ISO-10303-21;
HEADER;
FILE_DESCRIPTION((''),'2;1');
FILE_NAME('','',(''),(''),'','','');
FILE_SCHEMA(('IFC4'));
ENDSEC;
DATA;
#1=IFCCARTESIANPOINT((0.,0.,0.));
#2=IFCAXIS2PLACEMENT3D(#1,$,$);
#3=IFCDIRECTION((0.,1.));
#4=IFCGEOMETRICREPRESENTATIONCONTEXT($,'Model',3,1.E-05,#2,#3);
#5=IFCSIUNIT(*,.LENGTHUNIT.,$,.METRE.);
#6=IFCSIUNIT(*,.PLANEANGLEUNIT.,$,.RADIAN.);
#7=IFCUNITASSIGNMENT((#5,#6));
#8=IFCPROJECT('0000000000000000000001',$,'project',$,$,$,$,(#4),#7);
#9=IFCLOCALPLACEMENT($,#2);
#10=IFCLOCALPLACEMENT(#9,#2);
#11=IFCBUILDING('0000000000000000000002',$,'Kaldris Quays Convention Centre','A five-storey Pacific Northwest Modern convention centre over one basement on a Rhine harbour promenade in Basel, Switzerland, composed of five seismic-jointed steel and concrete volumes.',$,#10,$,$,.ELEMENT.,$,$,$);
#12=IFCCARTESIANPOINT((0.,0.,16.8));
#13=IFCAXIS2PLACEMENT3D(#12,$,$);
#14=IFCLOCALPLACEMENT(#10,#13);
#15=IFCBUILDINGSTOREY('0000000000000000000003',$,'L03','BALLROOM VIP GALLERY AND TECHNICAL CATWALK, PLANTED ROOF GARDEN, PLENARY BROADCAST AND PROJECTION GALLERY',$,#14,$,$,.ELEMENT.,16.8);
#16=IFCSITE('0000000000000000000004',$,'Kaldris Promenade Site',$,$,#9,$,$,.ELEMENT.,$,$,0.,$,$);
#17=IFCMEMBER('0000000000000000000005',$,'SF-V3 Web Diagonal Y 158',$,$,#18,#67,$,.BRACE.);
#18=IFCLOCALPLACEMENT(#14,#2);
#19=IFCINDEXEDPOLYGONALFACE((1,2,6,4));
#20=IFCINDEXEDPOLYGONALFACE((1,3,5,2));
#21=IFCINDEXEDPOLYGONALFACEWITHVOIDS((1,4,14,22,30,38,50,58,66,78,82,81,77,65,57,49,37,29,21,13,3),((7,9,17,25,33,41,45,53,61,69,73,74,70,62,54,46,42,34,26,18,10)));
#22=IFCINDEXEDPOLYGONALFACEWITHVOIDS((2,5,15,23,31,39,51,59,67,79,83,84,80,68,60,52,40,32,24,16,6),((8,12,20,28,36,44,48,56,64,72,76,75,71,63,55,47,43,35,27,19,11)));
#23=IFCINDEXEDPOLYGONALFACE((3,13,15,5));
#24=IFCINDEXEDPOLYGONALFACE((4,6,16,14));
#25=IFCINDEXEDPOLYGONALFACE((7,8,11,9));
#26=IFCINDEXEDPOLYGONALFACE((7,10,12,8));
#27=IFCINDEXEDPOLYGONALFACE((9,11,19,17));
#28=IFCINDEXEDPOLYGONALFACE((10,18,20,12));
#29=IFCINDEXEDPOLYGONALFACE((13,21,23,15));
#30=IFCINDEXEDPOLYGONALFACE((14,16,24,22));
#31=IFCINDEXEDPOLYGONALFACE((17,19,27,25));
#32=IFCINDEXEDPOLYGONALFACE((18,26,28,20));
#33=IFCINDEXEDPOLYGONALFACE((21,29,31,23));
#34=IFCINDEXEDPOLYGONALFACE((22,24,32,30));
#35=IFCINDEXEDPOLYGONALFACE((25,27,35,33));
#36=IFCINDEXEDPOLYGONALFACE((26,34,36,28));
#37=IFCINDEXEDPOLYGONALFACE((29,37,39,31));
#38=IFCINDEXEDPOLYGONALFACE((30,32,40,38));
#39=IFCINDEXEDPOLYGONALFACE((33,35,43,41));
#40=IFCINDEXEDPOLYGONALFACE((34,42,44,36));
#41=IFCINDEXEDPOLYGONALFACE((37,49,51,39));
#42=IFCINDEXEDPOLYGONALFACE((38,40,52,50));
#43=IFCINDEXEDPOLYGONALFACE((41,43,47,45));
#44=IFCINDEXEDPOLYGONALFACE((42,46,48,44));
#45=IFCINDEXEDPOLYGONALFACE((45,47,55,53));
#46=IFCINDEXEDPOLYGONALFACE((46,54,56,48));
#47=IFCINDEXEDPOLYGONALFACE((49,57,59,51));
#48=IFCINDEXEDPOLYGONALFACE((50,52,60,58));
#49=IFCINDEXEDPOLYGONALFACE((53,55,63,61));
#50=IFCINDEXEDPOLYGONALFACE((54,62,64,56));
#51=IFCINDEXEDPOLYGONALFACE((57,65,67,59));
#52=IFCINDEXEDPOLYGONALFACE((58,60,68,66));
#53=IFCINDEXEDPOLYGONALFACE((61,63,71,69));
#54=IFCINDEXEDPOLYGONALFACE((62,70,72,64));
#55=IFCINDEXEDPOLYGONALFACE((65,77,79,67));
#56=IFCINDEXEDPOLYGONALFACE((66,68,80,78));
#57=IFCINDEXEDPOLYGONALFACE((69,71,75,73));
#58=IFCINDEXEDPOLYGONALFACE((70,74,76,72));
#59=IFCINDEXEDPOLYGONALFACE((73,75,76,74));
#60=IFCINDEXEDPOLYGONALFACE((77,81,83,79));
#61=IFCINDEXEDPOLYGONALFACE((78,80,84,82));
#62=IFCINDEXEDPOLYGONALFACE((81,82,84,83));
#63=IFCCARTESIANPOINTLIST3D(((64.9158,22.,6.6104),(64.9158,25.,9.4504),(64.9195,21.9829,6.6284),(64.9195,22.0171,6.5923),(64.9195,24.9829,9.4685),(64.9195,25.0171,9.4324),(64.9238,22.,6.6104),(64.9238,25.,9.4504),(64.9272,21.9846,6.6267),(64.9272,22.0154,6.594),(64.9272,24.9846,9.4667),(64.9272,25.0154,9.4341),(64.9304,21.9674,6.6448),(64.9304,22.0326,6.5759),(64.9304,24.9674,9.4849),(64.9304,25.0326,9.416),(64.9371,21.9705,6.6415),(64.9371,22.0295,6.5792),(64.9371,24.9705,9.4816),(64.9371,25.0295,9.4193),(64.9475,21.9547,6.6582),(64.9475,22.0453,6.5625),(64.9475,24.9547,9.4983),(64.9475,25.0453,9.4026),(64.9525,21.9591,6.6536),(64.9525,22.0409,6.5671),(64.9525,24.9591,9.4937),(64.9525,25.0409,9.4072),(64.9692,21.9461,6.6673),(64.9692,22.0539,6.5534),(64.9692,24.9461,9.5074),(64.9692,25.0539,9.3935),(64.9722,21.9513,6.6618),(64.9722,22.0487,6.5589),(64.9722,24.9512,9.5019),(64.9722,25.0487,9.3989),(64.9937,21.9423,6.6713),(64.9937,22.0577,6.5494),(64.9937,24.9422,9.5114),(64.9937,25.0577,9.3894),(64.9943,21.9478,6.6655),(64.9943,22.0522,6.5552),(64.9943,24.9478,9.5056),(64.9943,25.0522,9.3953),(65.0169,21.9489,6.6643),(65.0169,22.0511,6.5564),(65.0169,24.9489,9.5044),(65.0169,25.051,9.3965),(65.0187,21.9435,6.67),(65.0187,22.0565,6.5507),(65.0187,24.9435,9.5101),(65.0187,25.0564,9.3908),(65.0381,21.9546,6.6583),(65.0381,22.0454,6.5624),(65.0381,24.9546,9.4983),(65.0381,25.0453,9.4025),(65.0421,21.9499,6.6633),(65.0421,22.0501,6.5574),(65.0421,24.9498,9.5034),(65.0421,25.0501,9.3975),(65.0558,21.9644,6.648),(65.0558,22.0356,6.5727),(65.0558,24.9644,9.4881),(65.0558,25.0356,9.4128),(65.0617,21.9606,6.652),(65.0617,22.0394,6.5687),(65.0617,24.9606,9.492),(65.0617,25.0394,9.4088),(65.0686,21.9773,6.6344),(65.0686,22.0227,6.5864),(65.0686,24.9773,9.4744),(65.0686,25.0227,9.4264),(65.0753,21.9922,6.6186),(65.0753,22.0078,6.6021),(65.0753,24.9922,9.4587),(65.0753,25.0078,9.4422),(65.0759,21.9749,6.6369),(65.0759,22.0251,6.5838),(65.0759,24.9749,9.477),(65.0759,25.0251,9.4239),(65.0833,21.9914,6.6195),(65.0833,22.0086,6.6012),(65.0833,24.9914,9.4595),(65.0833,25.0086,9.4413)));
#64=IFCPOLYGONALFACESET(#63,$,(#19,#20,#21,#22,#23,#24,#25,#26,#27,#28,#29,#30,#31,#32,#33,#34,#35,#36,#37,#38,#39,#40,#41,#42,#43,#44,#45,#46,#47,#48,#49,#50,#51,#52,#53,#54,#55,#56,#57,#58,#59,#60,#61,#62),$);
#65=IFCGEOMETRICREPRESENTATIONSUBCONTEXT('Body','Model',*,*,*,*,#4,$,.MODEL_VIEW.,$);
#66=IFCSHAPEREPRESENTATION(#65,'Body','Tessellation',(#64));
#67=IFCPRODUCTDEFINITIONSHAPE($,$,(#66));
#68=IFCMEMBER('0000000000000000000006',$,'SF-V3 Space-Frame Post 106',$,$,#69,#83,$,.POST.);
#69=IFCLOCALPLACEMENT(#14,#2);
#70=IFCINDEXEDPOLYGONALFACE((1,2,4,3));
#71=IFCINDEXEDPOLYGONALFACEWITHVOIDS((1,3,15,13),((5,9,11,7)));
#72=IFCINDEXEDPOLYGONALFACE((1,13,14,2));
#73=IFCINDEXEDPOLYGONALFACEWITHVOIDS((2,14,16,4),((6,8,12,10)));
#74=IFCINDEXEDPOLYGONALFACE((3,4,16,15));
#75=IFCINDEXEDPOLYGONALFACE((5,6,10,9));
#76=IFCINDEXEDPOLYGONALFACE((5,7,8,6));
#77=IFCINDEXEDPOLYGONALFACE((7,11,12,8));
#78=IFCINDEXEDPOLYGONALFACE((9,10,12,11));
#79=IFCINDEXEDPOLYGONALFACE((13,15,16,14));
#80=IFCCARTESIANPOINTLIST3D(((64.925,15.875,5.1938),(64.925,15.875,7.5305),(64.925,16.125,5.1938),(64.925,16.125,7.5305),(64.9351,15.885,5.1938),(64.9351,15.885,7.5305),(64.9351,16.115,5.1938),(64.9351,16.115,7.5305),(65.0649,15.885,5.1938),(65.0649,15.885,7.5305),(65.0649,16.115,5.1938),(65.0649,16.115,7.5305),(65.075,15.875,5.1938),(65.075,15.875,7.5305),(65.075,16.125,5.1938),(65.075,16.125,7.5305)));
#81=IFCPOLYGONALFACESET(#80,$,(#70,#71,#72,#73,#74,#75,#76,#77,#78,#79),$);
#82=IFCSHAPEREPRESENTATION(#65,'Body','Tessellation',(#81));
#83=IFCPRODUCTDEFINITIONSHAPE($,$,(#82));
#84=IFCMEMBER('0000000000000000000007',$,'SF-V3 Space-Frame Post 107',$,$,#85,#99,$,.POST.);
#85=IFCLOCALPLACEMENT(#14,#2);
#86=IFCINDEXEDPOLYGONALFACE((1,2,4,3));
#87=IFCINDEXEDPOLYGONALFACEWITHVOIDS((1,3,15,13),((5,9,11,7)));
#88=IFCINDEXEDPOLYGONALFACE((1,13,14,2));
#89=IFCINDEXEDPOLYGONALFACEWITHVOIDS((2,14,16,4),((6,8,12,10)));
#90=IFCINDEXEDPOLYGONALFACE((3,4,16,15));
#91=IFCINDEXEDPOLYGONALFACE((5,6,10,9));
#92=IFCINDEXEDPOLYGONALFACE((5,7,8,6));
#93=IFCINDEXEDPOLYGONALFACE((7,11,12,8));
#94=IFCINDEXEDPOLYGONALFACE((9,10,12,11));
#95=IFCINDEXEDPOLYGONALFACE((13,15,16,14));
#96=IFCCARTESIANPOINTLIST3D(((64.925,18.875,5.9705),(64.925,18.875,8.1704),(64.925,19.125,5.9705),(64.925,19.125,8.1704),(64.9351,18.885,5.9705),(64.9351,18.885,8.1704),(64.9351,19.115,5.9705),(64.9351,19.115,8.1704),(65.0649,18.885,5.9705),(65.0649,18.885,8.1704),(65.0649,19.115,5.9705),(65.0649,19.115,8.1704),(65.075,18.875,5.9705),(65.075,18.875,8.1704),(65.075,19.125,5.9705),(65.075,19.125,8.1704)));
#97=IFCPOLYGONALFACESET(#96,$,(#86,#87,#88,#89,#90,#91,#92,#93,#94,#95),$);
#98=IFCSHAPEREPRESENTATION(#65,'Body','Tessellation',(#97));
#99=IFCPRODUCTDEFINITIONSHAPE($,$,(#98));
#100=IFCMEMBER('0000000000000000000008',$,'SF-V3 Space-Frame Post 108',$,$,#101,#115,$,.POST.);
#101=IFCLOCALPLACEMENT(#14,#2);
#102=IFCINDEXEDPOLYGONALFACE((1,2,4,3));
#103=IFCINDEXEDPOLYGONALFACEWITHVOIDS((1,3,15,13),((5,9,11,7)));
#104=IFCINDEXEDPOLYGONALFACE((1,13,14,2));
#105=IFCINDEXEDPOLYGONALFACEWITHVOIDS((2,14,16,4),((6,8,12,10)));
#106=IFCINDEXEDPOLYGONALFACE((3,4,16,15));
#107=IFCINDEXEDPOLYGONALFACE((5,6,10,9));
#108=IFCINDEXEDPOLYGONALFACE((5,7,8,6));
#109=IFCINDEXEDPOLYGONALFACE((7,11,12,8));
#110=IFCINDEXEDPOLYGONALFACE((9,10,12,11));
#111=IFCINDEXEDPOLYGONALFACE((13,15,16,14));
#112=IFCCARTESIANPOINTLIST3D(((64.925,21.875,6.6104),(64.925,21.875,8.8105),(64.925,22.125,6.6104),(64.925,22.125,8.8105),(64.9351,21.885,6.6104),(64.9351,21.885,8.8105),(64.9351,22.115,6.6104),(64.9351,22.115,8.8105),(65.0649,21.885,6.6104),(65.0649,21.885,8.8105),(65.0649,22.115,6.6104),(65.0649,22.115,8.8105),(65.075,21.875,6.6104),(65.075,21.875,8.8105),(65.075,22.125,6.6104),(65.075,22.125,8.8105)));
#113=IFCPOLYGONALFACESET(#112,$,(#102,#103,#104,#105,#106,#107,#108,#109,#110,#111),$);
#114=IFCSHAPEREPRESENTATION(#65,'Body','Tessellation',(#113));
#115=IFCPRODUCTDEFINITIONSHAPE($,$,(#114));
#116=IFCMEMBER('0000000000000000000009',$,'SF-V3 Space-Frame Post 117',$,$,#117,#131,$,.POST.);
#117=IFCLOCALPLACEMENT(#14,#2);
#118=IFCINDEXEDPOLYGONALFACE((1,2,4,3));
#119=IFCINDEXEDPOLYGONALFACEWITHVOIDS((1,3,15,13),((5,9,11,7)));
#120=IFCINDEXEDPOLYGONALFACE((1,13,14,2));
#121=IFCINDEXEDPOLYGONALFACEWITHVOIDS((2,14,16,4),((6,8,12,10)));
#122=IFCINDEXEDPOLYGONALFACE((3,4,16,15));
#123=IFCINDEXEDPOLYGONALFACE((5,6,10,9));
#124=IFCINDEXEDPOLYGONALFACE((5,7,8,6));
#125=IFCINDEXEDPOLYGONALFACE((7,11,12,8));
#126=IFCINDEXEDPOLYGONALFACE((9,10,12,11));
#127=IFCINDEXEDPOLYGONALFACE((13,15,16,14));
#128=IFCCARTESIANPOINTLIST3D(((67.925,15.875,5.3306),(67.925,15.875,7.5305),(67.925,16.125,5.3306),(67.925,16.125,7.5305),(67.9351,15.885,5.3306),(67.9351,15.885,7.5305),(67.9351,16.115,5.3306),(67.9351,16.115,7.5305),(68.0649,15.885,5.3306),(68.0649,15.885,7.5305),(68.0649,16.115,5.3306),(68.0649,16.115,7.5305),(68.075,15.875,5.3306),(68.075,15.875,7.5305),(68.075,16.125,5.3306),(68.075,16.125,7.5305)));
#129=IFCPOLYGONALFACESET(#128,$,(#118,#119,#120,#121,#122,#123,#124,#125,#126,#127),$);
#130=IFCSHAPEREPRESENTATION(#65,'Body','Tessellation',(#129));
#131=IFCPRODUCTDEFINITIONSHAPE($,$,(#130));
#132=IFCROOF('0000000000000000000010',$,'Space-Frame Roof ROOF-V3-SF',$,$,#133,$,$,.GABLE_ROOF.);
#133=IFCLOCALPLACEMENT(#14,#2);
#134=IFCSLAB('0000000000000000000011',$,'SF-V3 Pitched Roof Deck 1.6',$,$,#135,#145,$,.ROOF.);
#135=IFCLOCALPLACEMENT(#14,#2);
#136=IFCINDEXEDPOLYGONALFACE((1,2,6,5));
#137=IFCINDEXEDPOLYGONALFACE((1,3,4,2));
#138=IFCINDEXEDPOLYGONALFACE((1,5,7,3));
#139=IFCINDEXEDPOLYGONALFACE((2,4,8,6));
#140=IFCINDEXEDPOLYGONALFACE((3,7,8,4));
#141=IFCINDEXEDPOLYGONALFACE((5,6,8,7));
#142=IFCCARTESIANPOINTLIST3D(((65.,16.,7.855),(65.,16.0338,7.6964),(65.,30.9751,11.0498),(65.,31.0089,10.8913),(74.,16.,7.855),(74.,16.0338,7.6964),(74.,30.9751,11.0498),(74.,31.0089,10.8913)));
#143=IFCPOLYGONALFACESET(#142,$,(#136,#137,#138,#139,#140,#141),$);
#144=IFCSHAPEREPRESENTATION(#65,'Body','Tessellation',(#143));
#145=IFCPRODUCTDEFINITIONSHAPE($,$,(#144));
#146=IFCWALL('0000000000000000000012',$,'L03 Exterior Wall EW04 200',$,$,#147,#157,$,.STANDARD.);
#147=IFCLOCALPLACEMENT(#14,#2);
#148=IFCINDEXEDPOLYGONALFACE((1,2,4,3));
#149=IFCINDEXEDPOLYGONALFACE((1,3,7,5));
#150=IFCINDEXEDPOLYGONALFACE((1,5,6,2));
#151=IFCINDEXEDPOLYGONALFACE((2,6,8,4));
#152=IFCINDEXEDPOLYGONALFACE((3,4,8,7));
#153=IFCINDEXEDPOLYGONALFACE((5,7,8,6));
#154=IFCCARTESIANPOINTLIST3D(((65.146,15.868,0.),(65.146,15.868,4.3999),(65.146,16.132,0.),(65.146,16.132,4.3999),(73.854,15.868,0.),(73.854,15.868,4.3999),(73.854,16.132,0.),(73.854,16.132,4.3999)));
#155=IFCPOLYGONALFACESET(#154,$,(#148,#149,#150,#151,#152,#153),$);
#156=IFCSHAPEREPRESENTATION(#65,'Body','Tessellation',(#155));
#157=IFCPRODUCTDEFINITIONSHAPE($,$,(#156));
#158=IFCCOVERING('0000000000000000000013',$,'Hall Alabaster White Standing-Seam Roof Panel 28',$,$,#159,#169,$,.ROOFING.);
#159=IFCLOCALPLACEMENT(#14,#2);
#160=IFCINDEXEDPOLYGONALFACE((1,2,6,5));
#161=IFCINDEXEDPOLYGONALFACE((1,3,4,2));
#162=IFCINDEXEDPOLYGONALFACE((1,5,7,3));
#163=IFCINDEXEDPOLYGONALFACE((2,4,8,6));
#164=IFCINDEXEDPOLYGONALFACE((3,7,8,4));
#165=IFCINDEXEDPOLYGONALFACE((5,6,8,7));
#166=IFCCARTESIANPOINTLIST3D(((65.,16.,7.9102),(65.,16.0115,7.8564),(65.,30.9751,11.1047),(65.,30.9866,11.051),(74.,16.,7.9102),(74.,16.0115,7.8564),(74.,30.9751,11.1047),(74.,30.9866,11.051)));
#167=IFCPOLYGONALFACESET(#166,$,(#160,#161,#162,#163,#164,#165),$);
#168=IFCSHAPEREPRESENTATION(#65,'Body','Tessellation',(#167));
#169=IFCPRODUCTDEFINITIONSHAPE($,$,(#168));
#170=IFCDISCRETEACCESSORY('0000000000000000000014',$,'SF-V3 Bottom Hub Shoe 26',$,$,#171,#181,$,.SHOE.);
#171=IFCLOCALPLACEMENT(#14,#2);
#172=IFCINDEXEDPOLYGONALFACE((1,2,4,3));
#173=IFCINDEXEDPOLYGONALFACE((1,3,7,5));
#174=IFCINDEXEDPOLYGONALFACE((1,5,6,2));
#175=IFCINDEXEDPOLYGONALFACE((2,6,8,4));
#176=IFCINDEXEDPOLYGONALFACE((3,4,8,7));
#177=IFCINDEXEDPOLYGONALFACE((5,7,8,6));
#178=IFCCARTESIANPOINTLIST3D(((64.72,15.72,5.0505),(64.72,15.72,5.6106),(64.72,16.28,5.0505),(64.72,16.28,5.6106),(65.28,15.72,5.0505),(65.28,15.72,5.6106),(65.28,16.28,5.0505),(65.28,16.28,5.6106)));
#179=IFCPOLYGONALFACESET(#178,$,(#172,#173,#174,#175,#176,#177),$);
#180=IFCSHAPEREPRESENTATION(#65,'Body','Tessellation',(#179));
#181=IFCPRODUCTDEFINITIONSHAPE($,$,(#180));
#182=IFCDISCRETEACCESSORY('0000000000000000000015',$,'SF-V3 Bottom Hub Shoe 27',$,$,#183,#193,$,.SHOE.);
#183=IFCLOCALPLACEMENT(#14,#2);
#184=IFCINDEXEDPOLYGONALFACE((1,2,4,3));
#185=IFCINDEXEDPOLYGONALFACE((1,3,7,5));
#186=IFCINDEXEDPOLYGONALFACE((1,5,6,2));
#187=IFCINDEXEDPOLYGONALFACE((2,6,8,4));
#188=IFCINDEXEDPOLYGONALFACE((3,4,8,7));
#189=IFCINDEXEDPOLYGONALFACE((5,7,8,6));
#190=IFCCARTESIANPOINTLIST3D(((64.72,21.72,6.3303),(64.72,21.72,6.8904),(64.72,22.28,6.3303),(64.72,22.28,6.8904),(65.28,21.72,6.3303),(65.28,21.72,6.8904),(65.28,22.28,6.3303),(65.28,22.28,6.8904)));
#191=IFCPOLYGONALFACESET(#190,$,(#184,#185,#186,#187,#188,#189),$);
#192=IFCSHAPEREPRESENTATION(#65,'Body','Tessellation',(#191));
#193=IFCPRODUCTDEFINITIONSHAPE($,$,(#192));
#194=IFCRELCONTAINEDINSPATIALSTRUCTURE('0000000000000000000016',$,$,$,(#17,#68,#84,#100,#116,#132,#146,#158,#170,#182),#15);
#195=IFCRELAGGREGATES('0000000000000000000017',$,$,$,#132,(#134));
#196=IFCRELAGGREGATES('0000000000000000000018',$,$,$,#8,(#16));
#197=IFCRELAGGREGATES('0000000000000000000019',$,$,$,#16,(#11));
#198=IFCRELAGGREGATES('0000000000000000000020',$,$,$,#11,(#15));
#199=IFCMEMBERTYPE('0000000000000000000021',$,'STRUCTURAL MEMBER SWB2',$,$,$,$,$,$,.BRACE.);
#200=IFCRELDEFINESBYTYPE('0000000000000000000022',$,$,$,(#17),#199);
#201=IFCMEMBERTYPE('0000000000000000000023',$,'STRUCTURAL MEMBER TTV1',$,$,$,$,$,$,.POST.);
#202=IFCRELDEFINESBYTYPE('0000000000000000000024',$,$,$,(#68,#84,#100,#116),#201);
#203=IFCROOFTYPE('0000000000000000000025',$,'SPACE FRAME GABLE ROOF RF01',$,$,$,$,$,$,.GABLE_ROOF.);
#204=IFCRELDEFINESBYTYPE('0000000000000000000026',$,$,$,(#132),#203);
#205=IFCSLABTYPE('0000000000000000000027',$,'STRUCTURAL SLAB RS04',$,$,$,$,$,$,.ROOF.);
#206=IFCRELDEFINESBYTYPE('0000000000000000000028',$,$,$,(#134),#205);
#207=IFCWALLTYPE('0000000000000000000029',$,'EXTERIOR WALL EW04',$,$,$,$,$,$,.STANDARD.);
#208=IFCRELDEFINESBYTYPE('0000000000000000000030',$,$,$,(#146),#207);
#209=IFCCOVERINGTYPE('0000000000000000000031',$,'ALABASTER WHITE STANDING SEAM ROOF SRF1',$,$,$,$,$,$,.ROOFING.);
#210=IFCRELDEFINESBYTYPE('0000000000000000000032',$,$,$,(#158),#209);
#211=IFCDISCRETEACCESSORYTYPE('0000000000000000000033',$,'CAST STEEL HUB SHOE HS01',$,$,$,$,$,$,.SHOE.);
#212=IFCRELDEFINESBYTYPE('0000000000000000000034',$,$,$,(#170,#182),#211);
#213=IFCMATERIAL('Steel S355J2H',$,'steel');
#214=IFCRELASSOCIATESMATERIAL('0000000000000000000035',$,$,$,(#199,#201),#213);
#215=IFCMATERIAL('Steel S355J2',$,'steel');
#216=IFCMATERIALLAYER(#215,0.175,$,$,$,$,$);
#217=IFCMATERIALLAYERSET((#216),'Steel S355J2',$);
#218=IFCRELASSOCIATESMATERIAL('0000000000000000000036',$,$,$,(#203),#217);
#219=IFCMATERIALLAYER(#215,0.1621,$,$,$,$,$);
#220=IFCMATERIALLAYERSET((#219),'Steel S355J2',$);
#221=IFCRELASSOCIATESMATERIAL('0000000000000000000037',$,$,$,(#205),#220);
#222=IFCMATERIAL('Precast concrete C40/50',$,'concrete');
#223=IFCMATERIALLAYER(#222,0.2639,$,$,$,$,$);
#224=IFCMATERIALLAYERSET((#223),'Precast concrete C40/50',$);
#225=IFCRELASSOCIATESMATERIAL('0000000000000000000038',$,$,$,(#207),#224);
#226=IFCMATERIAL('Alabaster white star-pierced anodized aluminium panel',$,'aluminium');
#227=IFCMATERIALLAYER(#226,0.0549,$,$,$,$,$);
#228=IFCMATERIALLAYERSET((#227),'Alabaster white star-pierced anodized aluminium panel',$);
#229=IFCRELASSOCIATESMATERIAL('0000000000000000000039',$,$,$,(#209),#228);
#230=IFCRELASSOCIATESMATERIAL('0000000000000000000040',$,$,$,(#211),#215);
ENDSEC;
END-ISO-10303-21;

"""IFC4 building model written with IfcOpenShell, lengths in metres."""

from ifc_helpers import new_model, si_unit, direction, frame, frame_2d, origin, origin_2d, place, context, subcontext, project, spatial, polyline, rectangle, hollow_rectangle, hollow_circle, outline, extrude, material, layer, layer_set, material_profile, profile_set, type_object, element, aggregate, save


model = new_model("IFC4")

# Units and contexts
model_context = context("Model", 3, precision=1e-05, world=origin(), true_north=direction((0.0, 1.0)))
body_context = subcontext(model_context, "Body", "Model", "MODEL_VIEW")
ifc_project = project(units=[si_unit("LENGTHUNIT", "METRE"), si_unit("PLANEANGLEUNIT", "RADIAN")], contexts=[model_context])

# Site, building, storey
site_placement = place(None, origin())
site = spatial("IfcSite", under=ifc_project, at=site_placement, Name="Kaldris Promenade Site", CompositionType="ELEMENT", RefElevation=0.0)
building_placement = place(site_placement, origin())
building = spatial("IfcBuilding", under=site, at=building_placement, Name="Kaldris Quays Convention Centre", Description="A five-storey Pacific Northwest Modern convention centre over one basement on a Rhine harbour promenade in Basel, Switzerland, composed of five seismic-jointed steel and concrete volumes.", CompositionType="ELEMENT")
storey_placement = place(building_placement, frame((0.0, 0.0, 16.8)))
storey = spatial("IfcBuildingStorey", under=building, at=storey_placement, Name="L03", Description="BALLROOM VIP GALLERY AND TECHNICAL CATWALK, PLANTED ROOF GARDEN, PLENARY BROADCAST AND PROJECTION GALLERY", CompositionType="ELEMENT", Elevation=16.8)

# Shared definitions
ifc_material_1 = material(Name="Steel S355J2", Category="steel")

# Members
ifc_material_2 = material(Name="Steel S355J2H", Category="steel")
ifc_material_profile_1 = material_profile(ifc_material_2, hollow_circle(Radius=0.0842, WallThickness=0.0081, at=origin_2d()), Name="CHS 168.3x8")
ifc_profile_set_1 = profile_set([ifc_material_profile_1], Name="Steel S355J2H")
member_type_1 = type_object("IfcMemberType", Name="STRUCTURAL MEMBER SWB2", PredefinedType="BRACE", material=ifc_profile_set_1)
member_1_placement = place(storey_placement, frame((65.0, 22.0, 6.6104), z_axis=(0.0, 0.726196, 0.687487), x_axis=(-1.0, 0.0, 0.0)))
element("IfcMember", 1, at=member_1_placement, inside=storey, type_object=member_type_1, Name="SF-V3 Web Diagonal Y 158", PredefinedType="BRACE", context=body_context, shape_type="SweptSolid", body=[
    extrude(hollow_circle(Radius=0.0842, WallThickness=0.0081, at=origin_2d()), origin(), (0.0, 0.0, 1.0), 4.1311),
])
ifc_material_profile_2 = material_profile(ifc_material_2, hollow_rectangle(XDim=0.1499, YDim=0.25, WallThickness=0.01, at=origin_2d()), Name="RHS 250x150x10")
ifc_profile_set_2 = profile_set([ifc_material_profile_2], Name="Steel S355J2H")
member_type_2 = type_object("IfcMemberType", Name="STRUCTURAL MEMBER TTV1", PredefinedType="POST", material=ifc_profile_set_2)
member_2_placement = place(storey_placement, frame((65.0, 16.0, 5.1938), z_axis=(0.0, 0.0, 1.0), x_axis=(1.0, 0.0, 0.0)))
element("IfcMember", 2, at=member_2_placement, inside=storey, type_object=member_type_2, Name="SF-V3 Space-Frame Post 106", PredefinedType="POST", context=body_context, shape_type="SweptSolid", body=[
    extrude(hollow_rectangle(XDim=0.1499, YDim=0.25, WallThickness=0.01, at=origin_2d()), origin(), (0.0, 0.0, 1.0), 2.3367),
])
member_3_placement = place(storey_placement, frame((65.0, 19.0, 5.9705), z_axis=(0.0, 0.0, 1.0), x_axis=(1.0, 0.0, 0.0)))
element("IfcMember", 3, at=member_3_placement, inside=storey, type_object=member_type_2, Name="SF-V3 Space-Frame Post 107", PredefinedType="POST", context=body_context, shape_type="SweptSolid", body=[
    extrude(hollow_rectangle(XDim=0.1499, YDim=0.25, WallThickness=0.01, at=origin_2d()), origin(), (0.0, 0.0, 1.0), 2.2),
])
member_4_placement = place(storey_placement, frame((65.0, 22.0, 6.6104), z_axis=(0.0, 0.0, 1.0), x_axis=(1.0, 0.0, 0.0)))
element("IfcMember", 4, at=member_4_placement, inside=storey, type_object=member_type_2, Name="SF-V3 Space-Frame Post 108", PredefinedType="POST", context=body_context, shape_type="SweptSolid", body=[
    extrude(hollow_rectangle(XDim=0.1499, YDim=0.25, WallThickness=0.01, at=origin_2d()), origin(), (0.0, 0.0, 1.0), 2.2002),
])
member_5_placement = place(storey_placement, frame((68.0, 16.0, 5.3306), z_axis=(0.0, 0.0, 1.0), x_axis=(1.0, 0.0, 0.0)))
element("IfcMember", 5, at=member_5_placement, inside=storey, type_object=member_type_2, Name="SF-V3 Space-Frame Post 117", PredefinedType="POST", context=body_context, shape_type="SweptSolid", body=[
    extrude(hollow_rectangle(XDim=0.1499, YDim=0.25, WallThickness=0.01, at=origin_2d()), origin(), (0.0, 0.0, 1.0), 2.2),
])

# Roof, slab
ifc_layer_1 = layer(ifc_material_1, 0.175)
ifc_layer_set_1 = layer_set([ifc_layer_1], Name="Steel S355J2")
roof_type = type_object("IfcRoofType", Name="SPACE FRAME GABLE ROOF RF01", PredefinedType="GABLE_ROOF", material=ifc_layer_set_1)
roof_placement = place(storey_placement, origin())
roof = element("IfcRoof", 6, at=roof_placement, inside=storey, type_object=roof_type, Name="Space-Frame Roof ROOF-V3-SF", PredefinedType="GABLE_ROOF")
ifc_layer_2 = layer(ifc_material_1, 0.1621)
ifc_layer_set_2 = layer_set([ifc_layer_2], Name="Steel S355J2")
slab_type = type_object("IfcSlabType", Name="STRUCTURAL SLAB RS04", PredefinedType="ROOF", material=ifc_layer_set_2)
slab_placement = place(storey_placement, frame((65.0, 16.0, 7.855), z_axis=(0.0, -0.208647, 0.977991), x_axis=(1.0, 0.0, 0.0)))
slab = element("IfcSlab", 7, at=slab_placement, type_object=slab_type, Name="SF-V3 Pitched Roof Deck 1.6", PredefinedType="ROOF", context=body_context, shape_type="SweptSolid", body=[
    extrude(outline(polyline([(0.0, 0.0), (9.0, 0.0), (9.0, 15.3121), (0.0, 15.3121), (0.0, 0.0)])), origin(), (0.0, 0.0, -1.0), 0.1621),
])
aggregate(roof, [slab])

# Wall
ifc_material_3 = material(Name="Precast concrete C40/50", Category="concrete")
ifc_layer_3 = layer(ifc_material_3, 0.2639)
ifc_layer_set_3 = layer_set([ifc_layer_3], Name="Precast concrete C40/50")
wall_type = type_object("IfcWallType", Name="EXTERIOR WALL EW04", PredefinedType="STANDARD", material=ifc_layer_set_3)
wall_placement = place(storey_placement, frame((65.146, 16.0, 0.0), z_axis=(0.0, 0.0, 1.0), x_axis=(1.0, 0.0, 0.0)))
element("IfcWall", 8, at=wall_placement, inside=storey, type_object=wall_type, Name="L03 Exterior Wall EW04 200", PredefinedType="STANDARD", context=body_context, shape_type="SweptSolid", body=[
    extrude(rectangle(XDim=8.708, YDim=0.2639, at=frame_2d((4.354, 0.0))), origin(), (0.0, 0.0, 1.0), 4.3999),
])

# Covering
ifc_material_4 = material(Name="Alabaster white star-pierced anodized aluminium panel", Category="aluminium")
ifc_layer_4 = layer(ifc_material_4, 0.0549)
ifc_layer_set_4 = layer_set([ifc_layer_4], Name="Alabaster white star-pierced anodized aluminium panel")
covering_type = type_object("IfcCoveringType", Name="ALABASTER WHITE STANDING SEAM ROOF SRF1", PredefinedType="ROOFING", material=ifc_layer_set_4)
covering_placement = place(storey_placement, frame((65.0, 16.0, 7.9102), z_axis=(0.0, -0.208632, 0.977994), x_axis=(1.0, 0.0, 0.0)))
element("IfcCovering", 9, at=covering_placement, inside=storey, type_object=covering_type, Name="Hall Alabaster White Standing-Seam Roof Panel 28", PredefinedType="ROOFING", context=body_context, shape_type="SweptSolid", body=[
    extrude(outline(polyline([(0.0, 0.0), (9.0, 0.0), (9.0, 15.3121), (0.0, 15.3121), (0.0, 0.0)])), origin(), (0.0, 0.0, -1.0), 0.0549),
])

# Discrete accessories
discrete_accessory_type = type_object("IfcDiscreteAccessoryType", Name="CAST STEEL HUB SHOE HS01", PredefinedType="SHOE", material=ifc_material_1)
for number, where, z_axis, x_axis, name in (
    (10, (65.0, 16.0, 5.0505), (0.0, 0.0, 1.0), (1.0, 0.0, 0.0), "SF-V3 Bottom Hub Shoe 26"),
    (11, (65.0, 22.0, 6.3303), (0.0, 0.0, 1.0), (1.0, 0.0, 0.0), "SF-V3 Bottom Hub Shoe 27"),
):
    element("IfcDiscreteAccessory", number, at=place(storey_placement, frame(where, z_axis=z_axis, x_axis=x_axis)), inside=storey, type_object=discrete_accessory_type, Name=name, PredefinedType="SHOE", context=body_context, shape_type="SweptSolid", body=[
        extrude(rectangle(XDim=0.5601, YDim=0.5601, at=origin_2d()), origin(), (0.0, 0.0, 1.0), 0.5601),
    ])

save(model, "model.ifc")
